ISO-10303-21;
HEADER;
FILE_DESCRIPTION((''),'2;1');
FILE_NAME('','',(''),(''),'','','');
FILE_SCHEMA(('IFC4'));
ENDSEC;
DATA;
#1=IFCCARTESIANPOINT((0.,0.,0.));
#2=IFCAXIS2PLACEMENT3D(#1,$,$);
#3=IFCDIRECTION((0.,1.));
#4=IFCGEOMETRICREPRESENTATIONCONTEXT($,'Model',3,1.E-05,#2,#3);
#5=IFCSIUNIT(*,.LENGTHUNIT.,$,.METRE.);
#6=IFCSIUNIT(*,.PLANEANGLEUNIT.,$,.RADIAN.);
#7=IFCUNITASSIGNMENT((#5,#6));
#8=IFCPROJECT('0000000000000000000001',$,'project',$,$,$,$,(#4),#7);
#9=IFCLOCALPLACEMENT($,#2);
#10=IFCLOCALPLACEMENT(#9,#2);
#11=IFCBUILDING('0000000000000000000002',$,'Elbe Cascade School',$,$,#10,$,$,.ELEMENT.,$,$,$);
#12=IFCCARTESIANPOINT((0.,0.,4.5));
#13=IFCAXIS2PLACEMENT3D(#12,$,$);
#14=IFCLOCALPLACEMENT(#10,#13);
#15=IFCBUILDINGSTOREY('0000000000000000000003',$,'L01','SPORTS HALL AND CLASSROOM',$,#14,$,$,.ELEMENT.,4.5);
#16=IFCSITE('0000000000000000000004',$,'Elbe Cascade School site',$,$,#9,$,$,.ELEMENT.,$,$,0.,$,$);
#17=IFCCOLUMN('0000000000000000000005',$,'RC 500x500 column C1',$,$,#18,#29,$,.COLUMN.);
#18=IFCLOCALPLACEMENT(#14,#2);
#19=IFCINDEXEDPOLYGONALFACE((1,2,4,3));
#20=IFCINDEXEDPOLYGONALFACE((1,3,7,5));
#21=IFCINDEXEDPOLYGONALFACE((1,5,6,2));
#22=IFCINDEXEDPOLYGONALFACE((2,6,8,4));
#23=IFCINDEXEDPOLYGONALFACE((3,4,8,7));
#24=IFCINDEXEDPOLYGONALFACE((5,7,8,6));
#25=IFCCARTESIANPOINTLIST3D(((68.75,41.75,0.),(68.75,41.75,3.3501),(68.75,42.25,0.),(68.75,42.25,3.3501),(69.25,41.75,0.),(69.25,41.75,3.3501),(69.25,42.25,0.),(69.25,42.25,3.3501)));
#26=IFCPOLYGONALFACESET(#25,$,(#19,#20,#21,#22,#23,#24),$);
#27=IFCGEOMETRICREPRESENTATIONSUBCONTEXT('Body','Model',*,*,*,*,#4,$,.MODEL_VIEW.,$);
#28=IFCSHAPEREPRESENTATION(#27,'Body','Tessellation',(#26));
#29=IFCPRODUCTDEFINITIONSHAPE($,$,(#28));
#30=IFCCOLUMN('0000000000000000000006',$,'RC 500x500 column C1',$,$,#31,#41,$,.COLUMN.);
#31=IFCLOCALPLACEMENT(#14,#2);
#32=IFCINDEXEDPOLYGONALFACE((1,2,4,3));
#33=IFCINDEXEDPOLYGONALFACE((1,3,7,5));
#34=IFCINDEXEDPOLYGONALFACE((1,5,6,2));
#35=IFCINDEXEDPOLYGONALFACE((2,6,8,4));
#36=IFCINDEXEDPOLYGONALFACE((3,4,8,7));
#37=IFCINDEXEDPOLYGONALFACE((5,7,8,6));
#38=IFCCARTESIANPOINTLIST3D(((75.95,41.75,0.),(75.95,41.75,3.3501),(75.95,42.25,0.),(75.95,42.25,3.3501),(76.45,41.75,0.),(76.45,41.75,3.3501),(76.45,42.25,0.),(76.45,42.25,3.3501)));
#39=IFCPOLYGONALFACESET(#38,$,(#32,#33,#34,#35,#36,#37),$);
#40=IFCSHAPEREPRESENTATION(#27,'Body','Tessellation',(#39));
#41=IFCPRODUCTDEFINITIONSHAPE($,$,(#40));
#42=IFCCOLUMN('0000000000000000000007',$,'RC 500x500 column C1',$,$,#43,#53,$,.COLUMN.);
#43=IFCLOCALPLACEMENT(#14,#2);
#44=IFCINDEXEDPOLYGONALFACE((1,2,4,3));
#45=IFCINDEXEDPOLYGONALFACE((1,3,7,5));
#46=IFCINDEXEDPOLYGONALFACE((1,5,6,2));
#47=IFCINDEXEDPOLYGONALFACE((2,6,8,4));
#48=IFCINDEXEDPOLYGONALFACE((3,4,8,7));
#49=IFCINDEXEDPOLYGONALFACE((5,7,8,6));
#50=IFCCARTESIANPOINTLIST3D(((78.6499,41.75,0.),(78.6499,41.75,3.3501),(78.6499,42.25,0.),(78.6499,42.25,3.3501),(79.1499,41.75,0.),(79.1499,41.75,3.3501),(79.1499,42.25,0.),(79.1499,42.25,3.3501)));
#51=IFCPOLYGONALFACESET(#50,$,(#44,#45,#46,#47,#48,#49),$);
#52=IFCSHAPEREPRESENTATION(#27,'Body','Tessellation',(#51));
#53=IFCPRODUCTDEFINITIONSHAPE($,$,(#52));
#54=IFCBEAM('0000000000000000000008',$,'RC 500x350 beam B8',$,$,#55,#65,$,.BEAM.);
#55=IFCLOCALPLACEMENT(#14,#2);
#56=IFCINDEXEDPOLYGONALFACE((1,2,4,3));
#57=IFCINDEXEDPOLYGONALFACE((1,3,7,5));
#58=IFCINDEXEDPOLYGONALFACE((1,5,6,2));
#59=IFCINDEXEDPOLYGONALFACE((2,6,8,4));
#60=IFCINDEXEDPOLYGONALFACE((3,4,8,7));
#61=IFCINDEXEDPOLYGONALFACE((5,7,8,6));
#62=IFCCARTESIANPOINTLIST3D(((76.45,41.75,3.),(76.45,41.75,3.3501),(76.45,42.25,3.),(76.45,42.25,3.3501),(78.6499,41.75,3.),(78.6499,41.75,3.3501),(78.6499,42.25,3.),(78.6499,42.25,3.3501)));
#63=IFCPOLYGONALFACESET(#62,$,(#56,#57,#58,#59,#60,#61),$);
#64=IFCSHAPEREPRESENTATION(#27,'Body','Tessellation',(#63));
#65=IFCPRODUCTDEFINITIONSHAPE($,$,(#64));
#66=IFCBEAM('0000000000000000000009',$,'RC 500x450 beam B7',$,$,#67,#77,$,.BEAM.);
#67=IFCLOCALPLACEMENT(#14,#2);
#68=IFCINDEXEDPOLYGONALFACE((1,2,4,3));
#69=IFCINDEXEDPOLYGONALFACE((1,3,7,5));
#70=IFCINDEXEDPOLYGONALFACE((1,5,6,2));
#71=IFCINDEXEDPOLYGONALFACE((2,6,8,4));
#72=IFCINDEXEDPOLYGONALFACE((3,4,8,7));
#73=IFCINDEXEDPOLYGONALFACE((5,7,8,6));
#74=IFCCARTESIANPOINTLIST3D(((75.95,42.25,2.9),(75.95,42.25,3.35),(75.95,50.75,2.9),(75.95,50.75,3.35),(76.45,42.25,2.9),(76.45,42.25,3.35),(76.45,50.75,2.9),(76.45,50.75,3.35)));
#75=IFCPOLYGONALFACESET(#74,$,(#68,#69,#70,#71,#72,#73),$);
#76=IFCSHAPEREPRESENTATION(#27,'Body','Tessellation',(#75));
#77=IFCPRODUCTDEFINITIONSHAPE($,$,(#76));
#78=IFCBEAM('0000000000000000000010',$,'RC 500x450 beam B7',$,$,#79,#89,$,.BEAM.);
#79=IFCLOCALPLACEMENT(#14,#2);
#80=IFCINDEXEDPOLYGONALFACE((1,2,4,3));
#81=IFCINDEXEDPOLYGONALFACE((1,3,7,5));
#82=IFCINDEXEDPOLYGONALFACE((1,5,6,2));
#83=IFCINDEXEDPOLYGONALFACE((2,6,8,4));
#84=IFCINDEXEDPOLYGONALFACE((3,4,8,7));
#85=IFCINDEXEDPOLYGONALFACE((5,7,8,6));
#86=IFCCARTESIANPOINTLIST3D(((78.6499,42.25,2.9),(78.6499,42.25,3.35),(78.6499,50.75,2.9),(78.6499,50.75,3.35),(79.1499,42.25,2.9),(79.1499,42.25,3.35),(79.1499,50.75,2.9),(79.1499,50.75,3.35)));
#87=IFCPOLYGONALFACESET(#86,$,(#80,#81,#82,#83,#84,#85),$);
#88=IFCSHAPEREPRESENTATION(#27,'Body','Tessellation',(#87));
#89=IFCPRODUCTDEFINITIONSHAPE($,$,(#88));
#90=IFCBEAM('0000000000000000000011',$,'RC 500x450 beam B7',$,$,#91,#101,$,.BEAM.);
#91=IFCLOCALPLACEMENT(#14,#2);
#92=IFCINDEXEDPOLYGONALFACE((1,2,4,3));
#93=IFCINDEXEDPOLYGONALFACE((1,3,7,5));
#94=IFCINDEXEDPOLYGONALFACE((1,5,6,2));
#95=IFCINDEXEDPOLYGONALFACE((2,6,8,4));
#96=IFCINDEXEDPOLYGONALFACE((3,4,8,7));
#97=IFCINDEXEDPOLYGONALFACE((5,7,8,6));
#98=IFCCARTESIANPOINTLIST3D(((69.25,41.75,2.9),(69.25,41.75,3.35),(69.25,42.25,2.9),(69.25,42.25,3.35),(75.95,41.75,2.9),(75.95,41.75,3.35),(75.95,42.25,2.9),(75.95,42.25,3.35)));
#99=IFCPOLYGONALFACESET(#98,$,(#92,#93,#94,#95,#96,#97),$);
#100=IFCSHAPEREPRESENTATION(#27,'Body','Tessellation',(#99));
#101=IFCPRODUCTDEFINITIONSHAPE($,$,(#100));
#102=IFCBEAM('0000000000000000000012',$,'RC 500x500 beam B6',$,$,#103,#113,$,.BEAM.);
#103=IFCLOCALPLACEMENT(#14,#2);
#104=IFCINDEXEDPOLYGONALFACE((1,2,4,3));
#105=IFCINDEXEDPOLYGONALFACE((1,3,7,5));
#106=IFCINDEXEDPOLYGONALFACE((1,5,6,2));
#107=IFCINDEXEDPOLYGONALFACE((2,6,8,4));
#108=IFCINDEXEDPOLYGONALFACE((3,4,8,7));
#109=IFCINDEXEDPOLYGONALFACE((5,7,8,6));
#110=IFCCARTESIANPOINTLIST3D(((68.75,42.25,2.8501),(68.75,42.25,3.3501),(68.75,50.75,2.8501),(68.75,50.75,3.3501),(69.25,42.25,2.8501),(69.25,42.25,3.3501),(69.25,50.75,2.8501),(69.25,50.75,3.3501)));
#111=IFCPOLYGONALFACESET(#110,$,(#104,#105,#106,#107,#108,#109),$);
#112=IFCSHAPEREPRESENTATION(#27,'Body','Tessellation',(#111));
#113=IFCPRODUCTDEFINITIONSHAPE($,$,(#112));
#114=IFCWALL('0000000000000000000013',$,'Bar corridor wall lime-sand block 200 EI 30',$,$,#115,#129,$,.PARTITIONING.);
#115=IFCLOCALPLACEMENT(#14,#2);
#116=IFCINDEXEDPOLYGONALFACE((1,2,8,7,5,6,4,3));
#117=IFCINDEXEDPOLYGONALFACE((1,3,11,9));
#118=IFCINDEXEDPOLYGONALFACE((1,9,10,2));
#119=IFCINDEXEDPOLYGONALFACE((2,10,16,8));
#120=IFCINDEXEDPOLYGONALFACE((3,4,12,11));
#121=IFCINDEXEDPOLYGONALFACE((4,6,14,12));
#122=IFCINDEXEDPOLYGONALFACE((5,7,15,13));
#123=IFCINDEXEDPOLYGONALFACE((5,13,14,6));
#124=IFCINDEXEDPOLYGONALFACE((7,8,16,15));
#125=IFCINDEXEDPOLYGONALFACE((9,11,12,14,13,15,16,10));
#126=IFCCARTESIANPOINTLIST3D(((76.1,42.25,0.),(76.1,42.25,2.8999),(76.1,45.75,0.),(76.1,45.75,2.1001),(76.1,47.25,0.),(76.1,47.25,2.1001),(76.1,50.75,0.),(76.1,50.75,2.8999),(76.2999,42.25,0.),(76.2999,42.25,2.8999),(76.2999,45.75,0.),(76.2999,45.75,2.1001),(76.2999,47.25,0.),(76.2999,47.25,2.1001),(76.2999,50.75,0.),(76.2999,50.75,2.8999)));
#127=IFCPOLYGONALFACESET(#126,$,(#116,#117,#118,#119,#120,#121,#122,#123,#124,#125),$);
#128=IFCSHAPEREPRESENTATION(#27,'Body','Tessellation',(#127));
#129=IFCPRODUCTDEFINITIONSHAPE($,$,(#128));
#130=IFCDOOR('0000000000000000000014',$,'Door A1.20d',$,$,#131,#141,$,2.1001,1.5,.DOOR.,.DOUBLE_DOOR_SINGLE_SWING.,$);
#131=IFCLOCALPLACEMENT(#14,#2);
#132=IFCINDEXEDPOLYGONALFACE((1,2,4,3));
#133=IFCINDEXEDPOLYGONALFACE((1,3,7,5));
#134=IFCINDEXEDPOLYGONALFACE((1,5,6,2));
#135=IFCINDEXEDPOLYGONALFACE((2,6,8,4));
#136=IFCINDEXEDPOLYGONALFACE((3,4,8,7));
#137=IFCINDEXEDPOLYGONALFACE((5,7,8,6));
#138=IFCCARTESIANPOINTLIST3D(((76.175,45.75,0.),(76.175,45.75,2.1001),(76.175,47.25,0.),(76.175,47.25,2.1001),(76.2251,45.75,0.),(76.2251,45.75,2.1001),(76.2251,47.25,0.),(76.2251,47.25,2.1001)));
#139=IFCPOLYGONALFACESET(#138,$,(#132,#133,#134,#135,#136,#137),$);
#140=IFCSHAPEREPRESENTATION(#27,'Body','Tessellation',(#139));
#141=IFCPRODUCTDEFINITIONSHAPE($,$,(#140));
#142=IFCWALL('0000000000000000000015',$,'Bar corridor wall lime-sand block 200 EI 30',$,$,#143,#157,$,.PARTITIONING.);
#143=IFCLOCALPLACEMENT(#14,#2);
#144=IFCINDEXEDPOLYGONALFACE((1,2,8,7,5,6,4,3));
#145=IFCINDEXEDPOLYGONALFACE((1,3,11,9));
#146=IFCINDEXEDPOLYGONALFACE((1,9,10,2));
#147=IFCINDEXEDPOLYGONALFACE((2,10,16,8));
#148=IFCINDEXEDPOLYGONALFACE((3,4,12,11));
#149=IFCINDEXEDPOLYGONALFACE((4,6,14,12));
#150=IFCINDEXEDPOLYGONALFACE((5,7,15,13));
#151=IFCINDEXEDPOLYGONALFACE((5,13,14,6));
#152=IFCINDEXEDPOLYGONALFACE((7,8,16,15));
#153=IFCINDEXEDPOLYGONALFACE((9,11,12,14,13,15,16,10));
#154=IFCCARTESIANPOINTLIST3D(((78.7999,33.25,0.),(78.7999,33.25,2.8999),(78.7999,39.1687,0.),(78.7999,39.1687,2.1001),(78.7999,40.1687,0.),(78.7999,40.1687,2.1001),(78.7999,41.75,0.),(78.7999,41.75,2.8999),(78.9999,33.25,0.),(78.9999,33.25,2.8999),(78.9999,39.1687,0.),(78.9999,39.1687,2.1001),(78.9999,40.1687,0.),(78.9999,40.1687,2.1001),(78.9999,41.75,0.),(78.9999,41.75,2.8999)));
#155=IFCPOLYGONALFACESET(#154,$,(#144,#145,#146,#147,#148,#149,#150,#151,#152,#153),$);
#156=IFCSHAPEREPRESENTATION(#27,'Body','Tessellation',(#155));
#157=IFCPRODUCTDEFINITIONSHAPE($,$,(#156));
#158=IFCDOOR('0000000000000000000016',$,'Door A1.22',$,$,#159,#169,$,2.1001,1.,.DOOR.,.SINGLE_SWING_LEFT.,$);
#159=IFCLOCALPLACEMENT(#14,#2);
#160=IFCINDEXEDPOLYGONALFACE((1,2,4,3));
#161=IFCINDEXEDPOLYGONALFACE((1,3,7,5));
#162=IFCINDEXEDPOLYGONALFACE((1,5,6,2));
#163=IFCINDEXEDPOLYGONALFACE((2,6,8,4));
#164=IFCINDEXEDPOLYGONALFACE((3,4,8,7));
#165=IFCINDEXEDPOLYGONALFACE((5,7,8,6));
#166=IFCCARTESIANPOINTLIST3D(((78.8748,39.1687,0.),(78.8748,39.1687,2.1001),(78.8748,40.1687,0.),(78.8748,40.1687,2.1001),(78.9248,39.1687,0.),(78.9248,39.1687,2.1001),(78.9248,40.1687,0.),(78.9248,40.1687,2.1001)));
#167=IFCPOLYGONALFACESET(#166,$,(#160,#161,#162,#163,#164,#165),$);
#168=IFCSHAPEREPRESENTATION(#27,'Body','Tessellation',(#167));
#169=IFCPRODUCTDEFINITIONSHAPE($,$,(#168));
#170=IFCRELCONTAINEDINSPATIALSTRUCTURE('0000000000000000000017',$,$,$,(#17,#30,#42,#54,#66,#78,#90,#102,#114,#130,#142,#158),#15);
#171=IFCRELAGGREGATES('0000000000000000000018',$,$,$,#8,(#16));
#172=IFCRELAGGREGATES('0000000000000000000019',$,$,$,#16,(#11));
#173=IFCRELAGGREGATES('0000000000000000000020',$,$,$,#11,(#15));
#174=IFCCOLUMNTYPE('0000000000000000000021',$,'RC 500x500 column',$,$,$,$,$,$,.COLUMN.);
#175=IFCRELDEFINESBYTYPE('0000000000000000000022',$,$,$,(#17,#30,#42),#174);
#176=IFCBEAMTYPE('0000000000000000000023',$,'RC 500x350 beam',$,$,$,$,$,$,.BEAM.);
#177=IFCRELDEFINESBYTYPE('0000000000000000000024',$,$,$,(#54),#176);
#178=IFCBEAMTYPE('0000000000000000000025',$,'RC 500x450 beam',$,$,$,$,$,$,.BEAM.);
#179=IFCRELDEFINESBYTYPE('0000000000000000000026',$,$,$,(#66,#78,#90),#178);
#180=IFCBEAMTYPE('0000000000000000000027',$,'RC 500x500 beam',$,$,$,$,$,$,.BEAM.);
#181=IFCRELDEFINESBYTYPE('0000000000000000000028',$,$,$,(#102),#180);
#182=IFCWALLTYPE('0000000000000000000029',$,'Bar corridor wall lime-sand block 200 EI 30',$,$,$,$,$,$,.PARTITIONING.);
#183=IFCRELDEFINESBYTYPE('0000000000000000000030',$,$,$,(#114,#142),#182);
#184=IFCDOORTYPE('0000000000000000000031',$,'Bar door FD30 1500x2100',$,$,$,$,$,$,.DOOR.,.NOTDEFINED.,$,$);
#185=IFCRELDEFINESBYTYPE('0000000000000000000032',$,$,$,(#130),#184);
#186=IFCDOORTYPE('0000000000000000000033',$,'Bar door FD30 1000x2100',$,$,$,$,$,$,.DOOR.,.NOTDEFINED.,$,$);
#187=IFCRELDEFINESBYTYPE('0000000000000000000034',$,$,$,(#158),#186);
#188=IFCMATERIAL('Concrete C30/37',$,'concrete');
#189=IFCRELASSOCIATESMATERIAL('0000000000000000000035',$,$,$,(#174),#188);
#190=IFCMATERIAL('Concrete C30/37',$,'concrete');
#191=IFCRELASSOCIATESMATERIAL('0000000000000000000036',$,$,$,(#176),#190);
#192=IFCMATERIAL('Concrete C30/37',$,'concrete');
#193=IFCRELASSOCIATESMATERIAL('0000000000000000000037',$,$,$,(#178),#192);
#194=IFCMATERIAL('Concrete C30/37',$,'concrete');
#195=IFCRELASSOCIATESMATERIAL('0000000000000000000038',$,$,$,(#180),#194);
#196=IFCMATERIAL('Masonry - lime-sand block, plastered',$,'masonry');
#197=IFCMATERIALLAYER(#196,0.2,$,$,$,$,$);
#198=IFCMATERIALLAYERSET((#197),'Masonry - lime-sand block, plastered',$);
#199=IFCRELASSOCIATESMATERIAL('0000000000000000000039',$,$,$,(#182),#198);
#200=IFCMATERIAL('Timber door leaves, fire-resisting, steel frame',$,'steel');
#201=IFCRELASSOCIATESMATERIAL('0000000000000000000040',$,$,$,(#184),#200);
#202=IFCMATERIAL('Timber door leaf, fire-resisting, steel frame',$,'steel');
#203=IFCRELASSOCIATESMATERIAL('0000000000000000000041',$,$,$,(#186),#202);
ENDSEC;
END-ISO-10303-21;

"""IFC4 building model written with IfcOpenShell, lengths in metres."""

from ifc_helpers import new_model, si_unit, direction, frame, frame_2d, origin, origin_2d, place, context, subcontext, project, spatial, rectangle, extrude, material, layer, layer_set, material_profile, profile_set, type_object, element, fill, save


model = new_model("IFC4")

# Units and contexts
model_context = context("Model", 3, precision=1e-05, world=origin(), true_north=direction((0.0, 1.0)))
body_context = subcontext(model_context, "Body", "Model", "MODEL_VIEW")
ifc_project = project(units=[si_unit("LENGTHUNIT", "METRE"), si_unit("PLANEANGLEUNIT", "RADIAN")], contexts=[model_context])

# Site, building, storey
site_placement = place(None, origin())
site = spatial("IfcSite", under=ifc_project, at=site_placement, Name="Elbe Cascade School site", CompositionType="ELEMENT", RefElevation=0.0)
building_placement = place(site_placement, origin())
building = spatial("IfcBuilding", under=site, at=building_placement, Name="Elbe Cascade School", CompositionType="ELEMENT")
storey_placement = place(building_placement, frame((0.0, 0.0, 4.5)))
storey = spatial("IfcBuildingStorey", under=building, at=storey_placement, Name="L01", Description="SPORTS HALL AND CLASSROOM", CompositionType="ELEMENT", Elevation=4.5)

# Columns
ifc_material_1 = material(Name="Concrete C30/37", Category="concrete")
ifc_material_profile_1 = material_profile(ifc_material_1, rectangle(XDim=0.5, YDim=0.5, at=origin_2d()), Name="RC 500x500")
ifc_profile_set_1 = profile_set([ifc_material_profile_1], Name="Concrete C30/37")
column_type = type_object("IfcColumnType", Name="RC 500x500 column", PredefinedType="COLUMN", material=ifc_profile_set_1)
for number, where, z_axis, x_axis, name in (
    (1, (69.0, 42.0, 0.0), (0.0, 0.0, 1.0), (1.0, 0.0, 0.0), "RC 500x500 column C1"),
    (2, (76.2, 42.0, 0.0), (0.0, 0.0, 1.0), (1.0, 0.0, 0.0), "RC 500x500 column C1"),
    (3, (78.8999, 42.0, 0.0), (0.0, 0.0, 1.0), (1.0, 0.0, 0.0), "RC 500x500 column C1"),
):
    element("IfcColumn", number, at=place(storey_placement, frame(where, z_axis=z_axis, x_axis=x_axis)), inside=storey, type_object=column_type, Name=name, PredefinedType="COLUMN", context=body_context, shape_type="SweptSolid", body=[
        extrude(rectangle(XDim=0.5, YDim=0.5, at=origin_2d()), origin(), (0.0, 0.0, 1.0), 3.3501),
    ])

# Beams
ifc_material_2 = material(Name="Concrete C30/37", Category="concrete")
ifc_material_profile_2 = material_profile(ifc_material_2, rectangle(XDim=0.5, YDim=0.3501, at=origin_2d()), Name="RC 500x350")
ifc_profile_set_2 = profile_set([ifc_material_profile_2], Name="Concrete C30/37")
beam_type_1 = type_object("IfcBeamType", Name="RC 500x350 beam", PredefinedType="BEAM", material=ifc_profile_set_2)
beam_1_placement = place(storey_placement, frame((76.45, 42.0, 3.175), z_axis=(1.0, 0.0, 0.0), x_axis=(0.0, 1.0, 0.0)))
element("IfcBeam", 4, at=beam_1_placement, inside=storey, type_object=beam_type_1, Name="RC 500x350 beam B8", PredefinedType="BEAM", context=body_context, shape_type="SweptSolid", body=[
    extrude(rectangle(XDim=0.5, YDim=0.3501, at=origin_2d()), origin(), (0.0, 0.0, 1.0), 2.2),
])
ifc_material_3 = material(Name="Concrete C30/37", Category="concrete")
ifc_material_profile_3 = material_profile(ifc_material_3, rectangle(XDim=0.5, YDim=0.45, at=origin_2d()), Name="RC 500x450")
ifc_profile_set_3 = profile_set([ifc_material_profile_3], Name="Concrete C30/37")
beam_type_2 = type_object("IfcBeamType", Name="RC 500x450 beam", PredefinedType="BEAM", material=ifc_profile_set_3)
for number, where, z_axis, x_axis, name in (
    (5, (76.2, 42.25, 3.125), (0.0, 1.0, 0.0), (-1.0, 0.0, 0.0), "RC 500x450 beam B7"),
    (6, (78.8999, 42.25, 3.125), (0.0, 1.0, 0.0), (-1.0, 0.0, 0.0), "RC 500x450 beam B7"),
):
    element("IfcBeam", number, at=place(storey_placement, frame(where, z_axis=z_axis, x_axis=x_axis)), inside=storey, type_object=beam_type_2, Name=name, PredefinedType="BEAM", context=body_context, shape_type="SweptSolid", body=[
        extrude(rectangle(XDim=0.5, YDim=0.45, at=origin_2d()), origin(), (0.0, 0.0, 1.0), 8.5),
    ])
beam_2_placement = place(storey_placement, frame((69.25, 42.0, 3.125), z_axis=(1.0, 0.0, 0.0), x_axis=(0.0, 1.0, 0.0)))
element("IfcBeam", 7, at=beam_2_placement, inside=storey, type_object=beam_type_2, Name="RC 500x450 beam B7", PredefinedType="BEAM", context=body_context, shape_type="SweptSolid", body=[
    extrude(rectangle(XDim=0.5, YDim=0.45, at=origin_2d()), origin(), (0.0, 0.0, 1.0), 6.7),
])
ifc_material_4 = material(Name="Concrete C30/37", Category="concrete")
ifc_material_profile_4 = material_profile(ifc_material_4, rectangle(XDim=0.5, YDim=0.5, at=origin_2d()), Name="RC 500x500")
ifc_profile_set_4 = profile_set([ifc_material_profile_4], Name="Concrete C30/37")
beam_type_3 = type_object("IfcBeamType", Name="RC 500x500 beam", PredefinedType="BEAM", material=ifc_profile_set_4)
beam_3_placement = place(storey_placement, frame((69.0, 42.25, 3.1001), z_axis=(0.0, 1.0, 0.0), x_axis=(-1.0, 0.0, 0.0)))
element("IfcBeam", 8, at=beam_3_placement, inside=storey, type_object=beam_type_3, Name="RC 500x500 beam B6", PredefinedType="BEAM", context=body_context, shape_type="SweptSolid", body=[
    extrude(rectangle(XDim=0.5, YDim=0.5, at=origin_2d()), origin(), (0.0, 0.0, 1.0), 8.5),
])

# Walls, openings, doors
ifc_material_5 = material(Name="Masonry - lime-sand block, plastered", Category="masonry")
ifc_layer_1 = layer(ifc_material_5, 0.2)
ifc_layer_set_1 = layer_set([ifc_layer_1], Name="Masonry - lime-sand block, plastered")
wall_type_1 = type_object("IfcWallType", Name="Bar corridor wall lime-sand block 200 EI 30", PredefinedType="PARTITIONING", material=ifc_layer_set_1)
wall_1_placement = place(storey_placement, frame((76.2, 42.25, 0.0), z_axis=(0.0, 0.0, 1.0), x_axis=(0.0, 1.0, 0.0)))
wall_1 = element("IfcWall", 9, at=wall_1_placement, inside=storey, type_object=wall_type_1, Name="Bar corridor wall lime-sand block 200 EI 30", PredefinedType="PARTITIONING", context=body_context, shape_type="SweptSolid", body=[
    extrude(rectangle(XDim=8.5, YDim=0.2, at=frame_2d((4.25, 0.0))), origin(), (0.0, 0.0, 1.0), 2.8999),
])
opening_1_placement = place(wall_1_placement, frame((3.5, 0.0, 0.0)))
opening_1 = element("IfcOpeningElement", 10, at=opening_1_placement, cuts=wall_1, PredefinedType="OPENING", context=body_context, shape_type="SweptSolid", body=[
    extrude(rectangle(XDim=1.5, YDim=2.1001, at=frame_2d((0.75, 1.05))), frame((0.0, 0.1099, 0.0), z_axis=(0.0, -1.0, 0.0), x_axis=(1.0, 0.0, 0.0)), (0.0, 0.0, 1.0), 0.22),
])
ifc_material_6 = material(Name="Timber door leaves, fire-resisting, steel frame", Category="steel")
door_type_1 = type_object("IfcDoorType", Name="Bar door FD30 1500x2100", OperationType="NOTDEFINED", PredefinedType="DOOR", material=ifc_material_6)
door_1_placement = place(opening_1_placement, origin())
door_1 = element("IfcDoor", 11, at=door_1_placement, inside=storey, type_object=door_type_1, Name="Door A1.20d", OperationType="DOUBLE_DOOR_SINGLE_SWING", OverallHeight=2.1001, OverallWidth=1.5, PredefinedType="DOOR", context=body_context, shape_type="SweptSolid", body=[
    extrude(rectangle(XDim=1.5, YDim=2.1001, at=frame_2d((0.75, 1.05))), frame((0.0, 0.0249, 0.0), z_axis=(0.0, -1.0, 0.0), x_axis=(1.0, 0.0, 0.0)), (0.0, 0.0, 1.0), 0.05),
])
fill(opening_1, door_1)
wall_2_placement = place(storey_placement, frame((78.8999, 41.75, 0.0), z_axis=(0.0, 0.0, 1.0), x_axis=(0.0, -1.0, 0.0)))
wall_2 = element("IfcWall", 12, at=wall_2_placement, inside=storey, type_object=wall_type_1, Name="Bar corridor wall lime-sand block 200 EI 30", PredefinedType="PARTITIONING", context=body_context, shape_type="SweptSolid", body=[
    extrude(rectangle(XDim=8.5, YDim=0.2, at=frame_2d((4.25, 0.0))), origin(), (0.0, 0.0, 1.0), 2.8999),
])
opening_2_placement = place(wall_2_placement, frame((1.5813, 0.0, 0.0)))
opening_2 = element("IfcOpeningElement", 13, at=opening_2_placement, cuts=wall_2, PredefinedType="OPENING", context=body_context, shape_type="SweptSolid", body=[
    extrude(rectangle(XDim=1.0, YDim=2.1001, at=frame_2d((0.5, 1.05))), frame((0.0, 0.1099, 0.0), z_axis=(0.0, -1.0, 0.0), x_axis=(1.0, 0.0, 0.0)), (0.0, 0.0, 1.0), 0.22),
])
ifc_material_7 = material(Name="Timber door leaf, fire-resisting, steel frame", Category="steel")
door_type_2 = type_object("IfcDoorType", Name="Bar door FD30 1000x2100", OperationType="NOTDEFINED", PredefinedType="DOOR", material=ifc_material_7)
door_2_placement = place(opening_2_placement, origin())
door_2 = element("IfcDoor", 14, at=door_2_placement, inside=storey, type_object=door_type_2, Name="Door A1.22", OperationType="SINGLE_SWING_LEFT", OverallHeight=2.1001, OverallWidth=1.0, PredefinedType="DOOR", context=body_context, shape_type="SweptSolid", body=[
    extrude(rectangle(XDim=1.0, YDim=2.1001, at=frame_2d((0.5, 1.05))), frame((0.0, 0.0249, 0.0), z_axis=(0.0, -1.0, 0.0), x_axis=(1.0, 0.0, 0.0)), (0.0, 0.0, 1.0), 0.05),
])
fill(opening_2, door_2)

save(model, "model.ifc")
